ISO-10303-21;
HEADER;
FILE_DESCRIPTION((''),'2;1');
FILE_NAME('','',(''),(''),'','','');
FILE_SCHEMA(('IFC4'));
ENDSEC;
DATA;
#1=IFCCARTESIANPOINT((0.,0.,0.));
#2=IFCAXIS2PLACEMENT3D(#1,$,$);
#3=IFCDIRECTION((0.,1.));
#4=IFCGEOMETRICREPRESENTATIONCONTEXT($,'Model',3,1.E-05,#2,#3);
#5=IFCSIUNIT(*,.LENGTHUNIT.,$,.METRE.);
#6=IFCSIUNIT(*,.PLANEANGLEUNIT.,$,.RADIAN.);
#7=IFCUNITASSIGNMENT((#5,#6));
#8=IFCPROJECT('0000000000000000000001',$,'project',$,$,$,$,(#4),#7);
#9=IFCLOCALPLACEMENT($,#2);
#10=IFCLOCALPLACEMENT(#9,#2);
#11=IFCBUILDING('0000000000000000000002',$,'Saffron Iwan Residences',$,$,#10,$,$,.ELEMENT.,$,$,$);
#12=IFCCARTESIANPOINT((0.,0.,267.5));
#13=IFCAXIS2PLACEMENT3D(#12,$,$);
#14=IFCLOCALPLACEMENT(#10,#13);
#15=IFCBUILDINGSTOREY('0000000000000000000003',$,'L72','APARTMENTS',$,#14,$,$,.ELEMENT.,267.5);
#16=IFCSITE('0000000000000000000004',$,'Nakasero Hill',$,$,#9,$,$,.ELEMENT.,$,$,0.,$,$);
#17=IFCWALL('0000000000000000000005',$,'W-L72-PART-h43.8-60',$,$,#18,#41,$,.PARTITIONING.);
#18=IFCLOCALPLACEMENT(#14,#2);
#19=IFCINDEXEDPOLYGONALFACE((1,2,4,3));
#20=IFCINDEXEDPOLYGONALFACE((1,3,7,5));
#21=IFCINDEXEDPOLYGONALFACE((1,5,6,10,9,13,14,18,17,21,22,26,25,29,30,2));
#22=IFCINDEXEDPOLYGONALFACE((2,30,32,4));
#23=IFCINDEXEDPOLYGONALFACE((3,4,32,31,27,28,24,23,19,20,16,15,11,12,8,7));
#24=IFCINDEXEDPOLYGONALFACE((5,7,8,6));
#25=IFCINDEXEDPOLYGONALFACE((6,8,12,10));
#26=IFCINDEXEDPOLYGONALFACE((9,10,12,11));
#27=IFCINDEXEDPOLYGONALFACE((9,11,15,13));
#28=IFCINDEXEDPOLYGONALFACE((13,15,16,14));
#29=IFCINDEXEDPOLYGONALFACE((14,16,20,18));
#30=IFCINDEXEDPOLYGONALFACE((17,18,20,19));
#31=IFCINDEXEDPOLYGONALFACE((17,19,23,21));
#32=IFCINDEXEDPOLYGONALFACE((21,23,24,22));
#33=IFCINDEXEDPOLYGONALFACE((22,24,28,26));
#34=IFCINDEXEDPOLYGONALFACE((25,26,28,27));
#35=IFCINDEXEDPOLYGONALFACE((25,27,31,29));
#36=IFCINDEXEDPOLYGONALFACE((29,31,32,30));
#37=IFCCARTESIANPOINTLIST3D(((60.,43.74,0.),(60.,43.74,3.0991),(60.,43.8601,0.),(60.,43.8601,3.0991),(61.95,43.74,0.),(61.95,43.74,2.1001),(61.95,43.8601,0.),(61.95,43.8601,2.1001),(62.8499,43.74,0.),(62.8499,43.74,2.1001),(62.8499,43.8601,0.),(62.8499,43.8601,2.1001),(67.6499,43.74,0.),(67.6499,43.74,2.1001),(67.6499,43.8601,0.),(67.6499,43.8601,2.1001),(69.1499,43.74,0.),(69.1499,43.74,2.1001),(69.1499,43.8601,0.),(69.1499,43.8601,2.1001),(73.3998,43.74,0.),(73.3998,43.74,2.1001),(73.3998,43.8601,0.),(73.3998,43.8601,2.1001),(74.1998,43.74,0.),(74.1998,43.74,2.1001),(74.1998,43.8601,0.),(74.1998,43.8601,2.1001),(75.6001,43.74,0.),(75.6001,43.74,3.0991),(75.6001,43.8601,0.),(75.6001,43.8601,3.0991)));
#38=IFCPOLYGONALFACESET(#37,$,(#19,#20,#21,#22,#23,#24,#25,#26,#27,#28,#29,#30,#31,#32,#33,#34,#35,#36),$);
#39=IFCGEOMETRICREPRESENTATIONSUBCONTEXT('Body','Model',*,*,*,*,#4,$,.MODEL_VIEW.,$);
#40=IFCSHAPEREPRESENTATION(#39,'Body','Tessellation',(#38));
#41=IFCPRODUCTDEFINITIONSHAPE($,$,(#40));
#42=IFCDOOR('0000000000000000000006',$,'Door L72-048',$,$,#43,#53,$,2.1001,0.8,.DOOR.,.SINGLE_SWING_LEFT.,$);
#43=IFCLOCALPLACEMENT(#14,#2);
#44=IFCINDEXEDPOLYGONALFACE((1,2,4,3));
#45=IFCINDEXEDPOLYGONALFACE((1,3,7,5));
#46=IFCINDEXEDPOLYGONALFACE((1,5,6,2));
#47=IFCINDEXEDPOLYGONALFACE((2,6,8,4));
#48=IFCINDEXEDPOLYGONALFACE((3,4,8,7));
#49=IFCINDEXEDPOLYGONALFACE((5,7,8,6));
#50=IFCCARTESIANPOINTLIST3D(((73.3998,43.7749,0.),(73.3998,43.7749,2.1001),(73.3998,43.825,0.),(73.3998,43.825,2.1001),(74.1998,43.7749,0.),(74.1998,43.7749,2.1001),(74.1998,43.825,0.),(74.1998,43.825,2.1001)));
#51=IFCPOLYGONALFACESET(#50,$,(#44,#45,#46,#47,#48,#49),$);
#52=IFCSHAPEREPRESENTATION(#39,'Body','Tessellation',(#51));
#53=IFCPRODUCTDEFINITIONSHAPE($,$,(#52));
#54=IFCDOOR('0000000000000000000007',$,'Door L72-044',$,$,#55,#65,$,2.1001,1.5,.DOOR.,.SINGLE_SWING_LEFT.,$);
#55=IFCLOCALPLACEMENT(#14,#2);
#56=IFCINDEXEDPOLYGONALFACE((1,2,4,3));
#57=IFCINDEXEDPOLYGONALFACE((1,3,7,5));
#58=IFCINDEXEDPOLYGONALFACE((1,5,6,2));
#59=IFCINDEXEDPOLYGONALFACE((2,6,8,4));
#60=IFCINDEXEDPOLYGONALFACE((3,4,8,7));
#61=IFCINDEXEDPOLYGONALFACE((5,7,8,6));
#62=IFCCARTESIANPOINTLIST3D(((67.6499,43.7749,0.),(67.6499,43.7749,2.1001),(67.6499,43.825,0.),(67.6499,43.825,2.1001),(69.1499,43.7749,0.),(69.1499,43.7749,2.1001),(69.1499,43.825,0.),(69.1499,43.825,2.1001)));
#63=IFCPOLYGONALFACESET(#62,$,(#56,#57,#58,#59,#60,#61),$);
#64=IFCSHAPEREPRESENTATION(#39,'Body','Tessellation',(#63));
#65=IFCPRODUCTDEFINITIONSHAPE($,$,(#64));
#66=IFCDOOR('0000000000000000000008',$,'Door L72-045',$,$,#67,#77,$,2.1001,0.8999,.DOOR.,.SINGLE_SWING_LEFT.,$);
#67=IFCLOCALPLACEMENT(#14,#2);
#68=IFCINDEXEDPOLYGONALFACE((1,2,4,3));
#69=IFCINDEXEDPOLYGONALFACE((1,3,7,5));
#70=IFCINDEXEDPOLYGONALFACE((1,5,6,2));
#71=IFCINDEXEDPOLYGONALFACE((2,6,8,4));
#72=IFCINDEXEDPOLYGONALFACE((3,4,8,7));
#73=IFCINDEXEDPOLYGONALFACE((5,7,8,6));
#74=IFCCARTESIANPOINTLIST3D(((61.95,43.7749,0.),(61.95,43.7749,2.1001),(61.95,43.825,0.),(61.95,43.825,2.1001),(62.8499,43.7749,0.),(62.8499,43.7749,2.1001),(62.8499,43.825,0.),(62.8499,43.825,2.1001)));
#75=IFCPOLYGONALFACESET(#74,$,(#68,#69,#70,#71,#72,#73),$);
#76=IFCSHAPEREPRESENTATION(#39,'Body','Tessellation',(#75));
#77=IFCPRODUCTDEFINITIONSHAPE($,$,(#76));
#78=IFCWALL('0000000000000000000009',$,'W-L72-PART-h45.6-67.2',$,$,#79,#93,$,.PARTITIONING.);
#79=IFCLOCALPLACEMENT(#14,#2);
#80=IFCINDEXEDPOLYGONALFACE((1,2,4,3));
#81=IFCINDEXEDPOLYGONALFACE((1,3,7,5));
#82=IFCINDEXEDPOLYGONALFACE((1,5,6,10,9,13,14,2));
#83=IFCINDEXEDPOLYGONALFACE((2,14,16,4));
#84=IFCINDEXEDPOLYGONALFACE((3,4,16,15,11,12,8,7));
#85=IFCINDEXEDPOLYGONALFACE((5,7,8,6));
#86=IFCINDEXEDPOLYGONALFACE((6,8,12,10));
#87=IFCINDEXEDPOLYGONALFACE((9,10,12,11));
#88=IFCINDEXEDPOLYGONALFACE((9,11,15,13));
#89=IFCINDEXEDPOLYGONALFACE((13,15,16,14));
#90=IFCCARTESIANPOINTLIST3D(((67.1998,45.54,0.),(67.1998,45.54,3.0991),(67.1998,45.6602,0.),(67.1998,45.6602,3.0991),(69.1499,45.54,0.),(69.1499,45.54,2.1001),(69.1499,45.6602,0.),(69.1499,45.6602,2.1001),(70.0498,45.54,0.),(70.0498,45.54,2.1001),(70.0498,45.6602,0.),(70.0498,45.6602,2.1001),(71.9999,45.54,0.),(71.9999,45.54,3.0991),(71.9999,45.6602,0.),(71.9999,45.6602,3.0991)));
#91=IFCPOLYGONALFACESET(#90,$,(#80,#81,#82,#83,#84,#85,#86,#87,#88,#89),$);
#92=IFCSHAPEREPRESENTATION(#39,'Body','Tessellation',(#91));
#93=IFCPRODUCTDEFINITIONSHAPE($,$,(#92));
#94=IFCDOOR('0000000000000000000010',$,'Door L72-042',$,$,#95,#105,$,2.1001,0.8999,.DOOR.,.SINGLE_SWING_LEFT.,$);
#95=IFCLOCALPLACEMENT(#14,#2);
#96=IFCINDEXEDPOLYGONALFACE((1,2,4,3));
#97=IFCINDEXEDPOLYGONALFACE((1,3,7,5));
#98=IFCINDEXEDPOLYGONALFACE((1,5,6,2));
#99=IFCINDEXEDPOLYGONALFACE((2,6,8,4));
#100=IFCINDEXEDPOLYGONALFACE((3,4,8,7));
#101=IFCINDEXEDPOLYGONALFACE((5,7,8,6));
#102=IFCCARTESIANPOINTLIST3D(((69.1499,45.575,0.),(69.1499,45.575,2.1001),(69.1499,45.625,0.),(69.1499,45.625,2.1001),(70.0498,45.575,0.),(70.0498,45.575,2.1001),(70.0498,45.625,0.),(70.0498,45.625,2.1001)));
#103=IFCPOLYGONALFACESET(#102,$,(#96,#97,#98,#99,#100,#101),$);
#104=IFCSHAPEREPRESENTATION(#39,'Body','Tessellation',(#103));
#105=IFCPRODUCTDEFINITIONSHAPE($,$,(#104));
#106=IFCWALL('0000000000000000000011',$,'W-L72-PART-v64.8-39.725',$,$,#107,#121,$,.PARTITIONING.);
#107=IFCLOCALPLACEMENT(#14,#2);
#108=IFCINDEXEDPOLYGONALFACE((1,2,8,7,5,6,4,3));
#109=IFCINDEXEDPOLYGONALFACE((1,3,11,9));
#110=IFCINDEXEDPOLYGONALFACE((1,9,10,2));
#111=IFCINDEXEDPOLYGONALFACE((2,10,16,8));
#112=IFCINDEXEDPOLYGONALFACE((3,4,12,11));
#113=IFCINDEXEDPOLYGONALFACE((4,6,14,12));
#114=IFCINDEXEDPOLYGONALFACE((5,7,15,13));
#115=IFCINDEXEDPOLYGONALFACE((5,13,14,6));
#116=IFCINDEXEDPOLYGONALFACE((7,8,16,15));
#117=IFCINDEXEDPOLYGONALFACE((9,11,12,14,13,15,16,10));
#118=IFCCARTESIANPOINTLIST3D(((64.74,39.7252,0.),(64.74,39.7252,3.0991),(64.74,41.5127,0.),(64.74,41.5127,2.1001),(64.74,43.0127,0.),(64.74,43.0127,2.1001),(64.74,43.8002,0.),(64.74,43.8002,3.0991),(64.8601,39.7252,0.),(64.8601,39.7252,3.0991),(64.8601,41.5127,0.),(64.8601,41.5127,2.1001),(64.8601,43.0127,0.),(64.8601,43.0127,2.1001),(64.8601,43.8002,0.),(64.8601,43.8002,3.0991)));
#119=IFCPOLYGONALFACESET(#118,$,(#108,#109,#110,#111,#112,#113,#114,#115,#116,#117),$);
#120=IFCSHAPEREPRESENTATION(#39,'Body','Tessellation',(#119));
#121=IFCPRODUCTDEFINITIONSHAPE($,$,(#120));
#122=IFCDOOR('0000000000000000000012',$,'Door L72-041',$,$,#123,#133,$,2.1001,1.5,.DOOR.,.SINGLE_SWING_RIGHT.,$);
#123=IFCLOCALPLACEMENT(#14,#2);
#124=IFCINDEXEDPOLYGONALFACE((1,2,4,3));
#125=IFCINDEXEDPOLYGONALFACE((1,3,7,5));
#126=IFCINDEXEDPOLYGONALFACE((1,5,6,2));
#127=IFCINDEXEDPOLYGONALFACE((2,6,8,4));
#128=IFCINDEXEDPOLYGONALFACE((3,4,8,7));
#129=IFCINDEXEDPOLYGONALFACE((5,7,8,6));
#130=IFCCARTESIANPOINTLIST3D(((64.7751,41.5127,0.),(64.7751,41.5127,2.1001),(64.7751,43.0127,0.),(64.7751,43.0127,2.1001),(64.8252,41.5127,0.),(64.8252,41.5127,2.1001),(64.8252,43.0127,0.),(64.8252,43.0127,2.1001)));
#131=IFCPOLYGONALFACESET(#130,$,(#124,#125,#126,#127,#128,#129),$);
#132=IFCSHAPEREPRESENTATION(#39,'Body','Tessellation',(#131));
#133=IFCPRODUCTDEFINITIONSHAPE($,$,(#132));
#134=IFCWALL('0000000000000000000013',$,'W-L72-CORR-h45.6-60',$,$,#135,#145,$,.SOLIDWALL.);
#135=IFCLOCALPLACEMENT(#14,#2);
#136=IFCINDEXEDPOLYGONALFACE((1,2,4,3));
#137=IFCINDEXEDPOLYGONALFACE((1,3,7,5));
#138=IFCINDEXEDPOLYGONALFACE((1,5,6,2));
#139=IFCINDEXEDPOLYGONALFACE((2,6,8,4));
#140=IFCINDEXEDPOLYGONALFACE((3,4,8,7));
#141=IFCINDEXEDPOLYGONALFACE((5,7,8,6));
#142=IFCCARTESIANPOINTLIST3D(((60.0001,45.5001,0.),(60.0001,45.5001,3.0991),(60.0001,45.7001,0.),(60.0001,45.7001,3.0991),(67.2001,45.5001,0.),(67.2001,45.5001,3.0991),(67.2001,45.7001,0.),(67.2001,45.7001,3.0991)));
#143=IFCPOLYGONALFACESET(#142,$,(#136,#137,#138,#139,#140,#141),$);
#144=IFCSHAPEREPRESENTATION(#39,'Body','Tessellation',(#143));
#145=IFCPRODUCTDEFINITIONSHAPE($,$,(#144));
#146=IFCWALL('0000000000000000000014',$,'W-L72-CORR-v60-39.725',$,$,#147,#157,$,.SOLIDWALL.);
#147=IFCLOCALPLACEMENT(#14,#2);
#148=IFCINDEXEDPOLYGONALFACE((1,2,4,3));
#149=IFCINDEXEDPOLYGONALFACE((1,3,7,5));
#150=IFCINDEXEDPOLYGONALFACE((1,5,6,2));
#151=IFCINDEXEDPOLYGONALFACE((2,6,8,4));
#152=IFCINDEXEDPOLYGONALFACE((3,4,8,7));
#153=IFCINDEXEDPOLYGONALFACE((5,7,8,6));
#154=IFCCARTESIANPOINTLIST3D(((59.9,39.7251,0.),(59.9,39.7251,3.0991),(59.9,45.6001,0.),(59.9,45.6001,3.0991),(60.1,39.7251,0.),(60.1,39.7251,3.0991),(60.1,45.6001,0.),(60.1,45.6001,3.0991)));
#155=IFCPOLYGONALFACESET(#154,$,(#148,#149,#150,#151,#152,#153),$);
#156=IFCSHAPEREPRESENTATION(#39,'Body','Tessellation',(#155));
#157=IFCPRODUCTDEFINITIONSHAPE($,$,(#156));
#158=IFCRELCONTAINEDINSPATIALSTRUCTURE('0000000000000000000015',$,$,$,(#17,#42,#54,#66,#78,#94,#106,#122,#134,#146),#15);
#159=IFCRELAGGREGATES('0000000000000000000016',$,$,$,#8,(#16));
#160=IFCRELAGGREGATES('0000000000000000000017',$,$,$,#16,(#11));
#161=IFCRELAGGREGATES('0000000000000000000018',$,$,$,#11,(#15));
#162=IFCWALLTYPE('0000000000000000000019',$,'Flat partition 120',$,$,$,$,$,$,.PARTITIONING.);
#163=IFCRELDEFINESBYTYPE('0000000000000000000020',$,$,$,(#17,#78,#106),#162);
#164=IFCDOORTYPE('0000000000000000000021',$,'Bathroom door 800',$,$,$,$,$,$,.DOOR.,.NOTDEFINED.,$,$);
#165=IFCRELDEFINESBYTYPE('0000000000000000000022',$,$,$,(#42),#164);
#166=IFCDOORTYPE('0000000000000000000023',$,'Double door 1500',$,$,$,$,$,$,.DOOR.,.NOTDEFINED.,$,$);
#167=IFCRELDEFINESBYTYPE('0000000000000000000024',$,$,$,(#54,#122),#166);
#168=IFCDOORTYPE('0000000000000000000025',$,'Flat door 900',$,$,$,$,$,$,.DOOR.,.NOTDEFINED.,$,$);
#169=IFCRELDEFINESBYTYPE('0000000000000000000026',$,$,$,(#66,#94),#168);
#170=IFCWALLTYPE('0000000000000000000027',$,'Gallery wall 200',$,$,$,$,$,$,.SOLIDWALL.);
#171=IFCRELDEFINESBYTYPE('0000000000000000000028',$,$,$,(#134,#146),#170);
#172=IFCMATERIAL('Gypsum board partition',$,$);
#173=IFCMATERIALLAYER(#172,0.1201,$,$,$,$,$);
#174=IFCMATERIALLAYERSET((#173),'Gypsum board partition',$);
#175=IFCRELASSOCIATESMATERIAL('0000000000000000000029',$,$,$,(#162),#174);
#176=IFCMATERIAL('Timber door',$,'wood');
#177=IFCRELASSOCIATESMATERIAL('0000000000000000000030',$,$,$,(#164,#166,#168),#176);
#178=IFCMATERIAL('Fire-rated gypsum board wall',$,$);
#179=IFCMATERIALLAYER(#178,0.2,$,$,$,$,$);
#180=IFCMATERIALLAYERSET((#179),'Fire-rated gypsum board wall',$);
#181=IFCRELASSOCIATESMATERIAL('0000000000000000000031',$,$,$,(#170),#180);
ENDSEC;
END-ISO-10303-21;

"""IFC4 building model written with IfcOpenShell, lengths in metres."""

from ifc_helpers import new_model, si_unit, direction, frame, frame_2d, origin, place, context, subcontext, project, spatial, rectangle, extrude, material, layer, layer_set, type_object, element, fill, save


model = new_model("IFC4")

# Units and contexts
model_context = context("Model", 3, precision=1e-05, world=origin(), true_north=direction((0.0, 1.0)))
body_context = subcontext(model_context, "Body", "Model", "MODEL_VIEW")
ifc_project = project(units=[si_unit("LENGTHUNIT", "METRE"), si_unit("PLANEANGLEUNIT", "RADIAN")], contexts=[model_context])

# Site, building, storey
site_placement = place(None, origin())
site = spatial("IfcSite", under=ifc_project, at=site_placement, Name="Nakasero Hill", CompositionType="ELEMENT", RefElevation=0.0)
building_placement = place(site_placement, origin())
building = spatial("IfcBuilding", under=site, at=building_placement, Name="Saffron Iwan Residences", CompositionType="ELEMENT")
storey_placement = place(building_placement, frame((0.0, 0.0, 267.5)))
storey = spatial("IfcBuildingStorey", under=building, at=storey_placement, Name="L72", Description="APARTMENTS", CompositionType="ELEMENT", Elevation=267.5)

# Wall, openings, doors
ifc_material_1 = material(Name="Gypsum board partition")
ifc_layer_1 = layer(ifc_material_1, 0.1201)
ifc_layer_set_1 = layer_set([ifc_layer_1], Name="Gypsum board partition")
wall_type_1 = type_object("IfcWallType", Name="Flat partition 120", PredefinedType="PARTITIONING", material=ifc_layer_set_1)
wall_1_placement = place(storey_placement, frame((60.0, 43.8, 0.0), z_axis=(0.0, 0.0, 1.0), x_axis=(1.0, 0.0, 0.0)))
wall_1 = element("IfcWall", 1, at=wall_1_placement, inside=storey, type_object=wall_type_1, Name="W-L72-PART-h43.8-60", PredefinedType="PARTITIONING", context=body_context, shape_type="SweptSolid", body=[
    extrude(rectangle(XDim=15.6001, YDim=0.1201, at=frame_2d((7.8, 0.0))), origin(), (0.0, 0.0, 1.0), 3.0991),
])
opening_1_placement = place(wall_1_placement, frame((7.6499, 0.0, 0.0)))
opening_1 = element("IfcOpeningElement", 2, at=opening_1_placement, cuts=wall_1, PredefinedType="OPENING", context=body_context, shape_type="SweptSolid", body=[
    extrude(rectangle(XDim=1.5, YDim=2.1001, at=frame_2d((0.75, 1.05))), frame((0.0, 0.0701, 0.0), z_axis=(0.0, -1.0, 0.0), x_axis=(1.0, 0.0, 0.0)), (0.0, 0.0, 1.0), 0.1401),
])
opening_2_placement = place(wall_1_placement, frame((1.95, 0.0, 0.0)))
opening_2 = element("IfcOpeningElement", 3, at=opening_2_placement, cuts=wall_1, PredefinedType="OPENING", context=body_context, shape_type="SweptSolid", body=[
    extrude(rectangle(XDim=0.8999, YDim=2.1001, at=frame_2d((0.45, 1.05))), frame((0.0, 0.0701, 0.0), z_axis=(0.0, -1.0, 0.0), x_axis=(1.0, 0.0, 0.0)), (0.0, 0.0, 1.0), 0.1401),
])
opening_3_placement = place(wall_1_placement, frame((13.3999, 0.0, 0.0)))
opening_3 = element("IfcOpeningElement", 4, at=opening_3_placement, cuts=wall_1, PredefinedType="OPENING", context=body_context, shape_type="SweptSolid", body=[
    extrude(rectangle(XDim=0.8, YDim=2.1001, at=frame_2d((0.3999, 1.05))), frame((0.0, 0.0701, 0.0), z_axis=(0.0, -1.0, 0.0), x_axis=(1.0, 0.0, 0.0)), (0.0, 0.0, 1.0), 0.1401),
])
ifc_material_2 = material(Name="Timber door", Category="wood")
door_type_1 = type_object("IfcDoorType", Name="Bathroom door 800", OperationType="NOTDEFINED", PredefinedType="DOOR", material=ifc_material_2)
door_1_placement = place(opening_3_placement, origin())
door_1 = element("IfcDoor", 5, at=door_1_placement, inside=storey, type_object=door_type_1, Name="Door L72-048", OperationType="SINGLE_SWING_LEFT", OverallHeight=2.1001, OverallWidth=0.8, PredefinedType="DOOR", context=body_context, shape_type="SweptSolid", body=[
    extrude(rectangle(XDim=0.8, YDim=2.1001, at=frame_2d((0.3999, 1.05))), frame((0.0, 0.0249, 0.0), z_axis=(0.0, -1.0, 0.0), x_axis=(1.0, 0.0, 0.0)), (0.0, 0.0, 1.0), 0.05),
])
fill(opening_3, door_1)
door_type_2 = type_object("IfcDoorType", Name="Double door 1500", OperationType="NOTDEFINED", PredefinedType="DOOR", material=ifc_material_2)
door_2_placement = place(opening_1_placement, origin())
door_2 = element("IfcDoor", 6, at=door_2_placement, inside=storey, type_object=door_type_2, Name="Door L72-044", OperationType="SINGLE_SWING_LEFT", OverallHeight=2.1001, OverallWidth=1.5, PredefinedType="DOOR", context=body_context, shape_type="SweptSolid", body=[
    extrude(rectangle(XDim=1.5, YDim=2.1001, at=frame_2d((0.75, 1.05))), frame((0.0, 0.0249, 0.0), z_axis=(0.0, -1.0, 0.0), x_axis=(1.0, 0.0, 0.0)), (0.0, 0.0, 1.0), 0.05),
])
fill(opening_1, door_2)
door_type_3 = type_object("IfcDoorType", Name="Flat door 900", OperationType="NOTDEFINED", PredefinedType="DOOR", material=ifc_material_2)
door_3_placement = place(opening_2_placement, origin())
door_3 = element("IfcDoor", 7, at=door_3_placement, inside=storey, type_object=door_type_3, Name="Door L72-045", OperationType="SINGLE_SWING_LEFT", OverallHeight=2.1001, OverallWidth=0.8999, PredefinedType="DOOR", context=body_context, shape_type="SweptSolid", body=[
    extrude(rectangle(XDim=0.8999, YDim=2.1001, at=frame_2d((0.45, 1.05))), frame((0.0, 0.0249, 0.0), z_axis=(0.0, -1.0, 0.0), x_axis=(1.0, 0.0, 0.0)), (0.0, 0.0, 1.0), 0.05),
])
fill(opening_2, door_3)

# Walls, openings, doors
wall_2_placement = place(storey_placement, frame((67.2, 45.6001, 0.0), z_axis=(0.0, 0.0, 1.0), x_axis=(1.0, 0.0, 0.0)))
wall_2 = element("IfcWall", 8, at=wall_2_placement, inside=storey, type_object=wall_type_1, Name="W-L72-PART-h45.6-67.2", PredefinedType="PARTITIONING", context=body_context, shape_type="SweptSolid", body=[
    extrude(rectangle(XDim=4.8, YDim=0.1201, at=frame_2d((2.3999, 0.0))), origin(), (0.0, 0.0, 1.0), 3.0991),
])
opening_4_placement = place(wall_2_placement, frame((1.95, 0.0, 0.0)))
opening_4 = element("IfcOpeningElement", 9, at=opening_4_placement, cuts=wall_2, PredefinedType="OPENING", context=body_context, shape_type="SweptSolid", body=[
    extrude(rectangle(XDim=0.8999, YDim=2.1001, at=frame_2d((0.45, 1.05))), frame((0.0, 0.0701, 0.0), z_axis=(0.0, -1.0, 0.0), x_axis=(1.0, 0.0, 0.0)), (0.0, 0.0, 1.0), 0.1401),
])
door_4_placement = place(opening_4_placement, origin())
door_4 = element("IfcDoor", 10, at=door_4_placement, inside=storey, type_object=door_type_3, Name="Door L72-042", OperationType="SINGLE_SWING_LEFT", OverallHeight=2.1001, OverallWidth=0.8999, PredefinedType="DOOR", context=body_context, shape_type="SweptSolid", body=[
    extrude(rectangle(XDim=0.8999, YDim=2.1001, at=frame_2d((0.45, 1.05))), frame((0.0, 0.0249, 0.0), z_axis=(0.0, -1.0, 0.0), x_axis=(1.0, 0.0, 0.0)), (0.0, 0.0, 1.0), 0.05),
])
fill(opening_4, door_4)
wall_3_placement = place(storey_placement, frame((64.8, 39.7251, 0.0), z_axis=(0.0, 0.0, 1.0), x_axis=(0.0, 1.0, 0.0)))
wall_3 = element("IfcWall", 11, at=wall_3_placement, inside=storey, type_object=wall_type_1, Name="W-L72-PART-v64.8-39.725", PredefinedType="PARTITIONING", context=body_context, shape_type="SweptSolid", body=[
    extrude(rectangle(XDim=4.075, YDim=0.1201, at=frame_2d((2.0376, 0.0))), origin(), (0.0, 0.0, 1.0), 3.0991),
])
opening_5_placement = place(wall_3_placement, frame((1.7876, 0.0, 0.0)))
opening_5 = element("IfcOpeningElement", 12, at=opening_5_placement, cuts=wall_3, PredefinedType="OPENING", context=body_context, shape_type="SweptSolid", body=[
    extrude(rectangle(XDim=1.5, YDim=2.1001, at=frame_2d((0.75, 1.05))), frame((0.0, 0.0701, 0.0), z_axis=(0.0, -1.0, 0.0), x_axis=(1.0, 0.0, 0.0)), (0.0, 0.0, 1.0), 0.1401),
])
door_5_placement = place(opening_5_placement, origin())
door_5 = element("IfcDoor", 13, at=door_5_placement, inside=storey, type_object=door_type_2, Name="Door L72-041", OperationType="SINGLE_SWING_RIGHT", OverallHeight=2.1001, OverallWidth=1.5, PredefinedType="DOOR", context=body_context, shape_type="SweptSolid", body=[
    extrude(rectangle(XDim=1.5, YDim=2.1001, at=frame_2d((0.75, 1.05))), frame((0.0, 0.0249, 0.0), z_axis=(0.0, -1.0, 0.0), x_axis=(1.0, 0.0, 0.0)), (0.0, 0.0, 1.0), 0.05),
])
fill(opening_5, door_5)

# Walls
ifc_material_3 = material(Name="Fire-rated gypsum board wall")
ifc_layer_2 = layer(ifc_material_3, 0.2)
ifc_layer_set_2 = layer_set([ifc_layer_2], Name="Fire-rated gypsum board wall")
wall_type_2 = type_object("IfcWallType", Name="Gallery wall 200", PredefinedType="SOLIDWALL", material=ifc_layer_set_2)
wall_4_placement = place(storey_placement, frame((60.0, 45.6001, 0.0), z_axis=(0.0, 0.0, 1.0), x_axis=(1.0, 0.0, 0.0)))
element("IfcWall", 14, at=wall_4_placement, inside=storey, type_object=wall_type_2, Name="W-L72-CORR-h45.6-60", PredefinedType="SOLIDWALL", context=body_context, shape_type="SweptSolid", body=[
    extrude(rectangle(XDim=7.2, YDim=0.2, at=frame_2d((3.6001, 0.0))), origin(), (0.0, 0.0, 1.0), 3.0991),
])
wall_5_placement = place(storey_placement, frame((60.0, 39.7251, 0.0), z_axis=(0.0, 0.0, 1.0), x_axis=(0.0, 1.0, 0.0)))
element("IfcWall", 15, at=wall_5_placement, inside=storey, type_object=wall_type_2, Name="W-L72-CORR-v60-39.725", PredefinedType="SOLIDWALL", context=body_context, shape_type="SweptSolid", body=[
    extrude(rectangle(XDim=5.875, YDim=0.2, at=frame_2d((2.9375, 0.0))), origin(), (0.0, 0.0, 1.0), 3.0991),
])

save(model, "model.ifc")
